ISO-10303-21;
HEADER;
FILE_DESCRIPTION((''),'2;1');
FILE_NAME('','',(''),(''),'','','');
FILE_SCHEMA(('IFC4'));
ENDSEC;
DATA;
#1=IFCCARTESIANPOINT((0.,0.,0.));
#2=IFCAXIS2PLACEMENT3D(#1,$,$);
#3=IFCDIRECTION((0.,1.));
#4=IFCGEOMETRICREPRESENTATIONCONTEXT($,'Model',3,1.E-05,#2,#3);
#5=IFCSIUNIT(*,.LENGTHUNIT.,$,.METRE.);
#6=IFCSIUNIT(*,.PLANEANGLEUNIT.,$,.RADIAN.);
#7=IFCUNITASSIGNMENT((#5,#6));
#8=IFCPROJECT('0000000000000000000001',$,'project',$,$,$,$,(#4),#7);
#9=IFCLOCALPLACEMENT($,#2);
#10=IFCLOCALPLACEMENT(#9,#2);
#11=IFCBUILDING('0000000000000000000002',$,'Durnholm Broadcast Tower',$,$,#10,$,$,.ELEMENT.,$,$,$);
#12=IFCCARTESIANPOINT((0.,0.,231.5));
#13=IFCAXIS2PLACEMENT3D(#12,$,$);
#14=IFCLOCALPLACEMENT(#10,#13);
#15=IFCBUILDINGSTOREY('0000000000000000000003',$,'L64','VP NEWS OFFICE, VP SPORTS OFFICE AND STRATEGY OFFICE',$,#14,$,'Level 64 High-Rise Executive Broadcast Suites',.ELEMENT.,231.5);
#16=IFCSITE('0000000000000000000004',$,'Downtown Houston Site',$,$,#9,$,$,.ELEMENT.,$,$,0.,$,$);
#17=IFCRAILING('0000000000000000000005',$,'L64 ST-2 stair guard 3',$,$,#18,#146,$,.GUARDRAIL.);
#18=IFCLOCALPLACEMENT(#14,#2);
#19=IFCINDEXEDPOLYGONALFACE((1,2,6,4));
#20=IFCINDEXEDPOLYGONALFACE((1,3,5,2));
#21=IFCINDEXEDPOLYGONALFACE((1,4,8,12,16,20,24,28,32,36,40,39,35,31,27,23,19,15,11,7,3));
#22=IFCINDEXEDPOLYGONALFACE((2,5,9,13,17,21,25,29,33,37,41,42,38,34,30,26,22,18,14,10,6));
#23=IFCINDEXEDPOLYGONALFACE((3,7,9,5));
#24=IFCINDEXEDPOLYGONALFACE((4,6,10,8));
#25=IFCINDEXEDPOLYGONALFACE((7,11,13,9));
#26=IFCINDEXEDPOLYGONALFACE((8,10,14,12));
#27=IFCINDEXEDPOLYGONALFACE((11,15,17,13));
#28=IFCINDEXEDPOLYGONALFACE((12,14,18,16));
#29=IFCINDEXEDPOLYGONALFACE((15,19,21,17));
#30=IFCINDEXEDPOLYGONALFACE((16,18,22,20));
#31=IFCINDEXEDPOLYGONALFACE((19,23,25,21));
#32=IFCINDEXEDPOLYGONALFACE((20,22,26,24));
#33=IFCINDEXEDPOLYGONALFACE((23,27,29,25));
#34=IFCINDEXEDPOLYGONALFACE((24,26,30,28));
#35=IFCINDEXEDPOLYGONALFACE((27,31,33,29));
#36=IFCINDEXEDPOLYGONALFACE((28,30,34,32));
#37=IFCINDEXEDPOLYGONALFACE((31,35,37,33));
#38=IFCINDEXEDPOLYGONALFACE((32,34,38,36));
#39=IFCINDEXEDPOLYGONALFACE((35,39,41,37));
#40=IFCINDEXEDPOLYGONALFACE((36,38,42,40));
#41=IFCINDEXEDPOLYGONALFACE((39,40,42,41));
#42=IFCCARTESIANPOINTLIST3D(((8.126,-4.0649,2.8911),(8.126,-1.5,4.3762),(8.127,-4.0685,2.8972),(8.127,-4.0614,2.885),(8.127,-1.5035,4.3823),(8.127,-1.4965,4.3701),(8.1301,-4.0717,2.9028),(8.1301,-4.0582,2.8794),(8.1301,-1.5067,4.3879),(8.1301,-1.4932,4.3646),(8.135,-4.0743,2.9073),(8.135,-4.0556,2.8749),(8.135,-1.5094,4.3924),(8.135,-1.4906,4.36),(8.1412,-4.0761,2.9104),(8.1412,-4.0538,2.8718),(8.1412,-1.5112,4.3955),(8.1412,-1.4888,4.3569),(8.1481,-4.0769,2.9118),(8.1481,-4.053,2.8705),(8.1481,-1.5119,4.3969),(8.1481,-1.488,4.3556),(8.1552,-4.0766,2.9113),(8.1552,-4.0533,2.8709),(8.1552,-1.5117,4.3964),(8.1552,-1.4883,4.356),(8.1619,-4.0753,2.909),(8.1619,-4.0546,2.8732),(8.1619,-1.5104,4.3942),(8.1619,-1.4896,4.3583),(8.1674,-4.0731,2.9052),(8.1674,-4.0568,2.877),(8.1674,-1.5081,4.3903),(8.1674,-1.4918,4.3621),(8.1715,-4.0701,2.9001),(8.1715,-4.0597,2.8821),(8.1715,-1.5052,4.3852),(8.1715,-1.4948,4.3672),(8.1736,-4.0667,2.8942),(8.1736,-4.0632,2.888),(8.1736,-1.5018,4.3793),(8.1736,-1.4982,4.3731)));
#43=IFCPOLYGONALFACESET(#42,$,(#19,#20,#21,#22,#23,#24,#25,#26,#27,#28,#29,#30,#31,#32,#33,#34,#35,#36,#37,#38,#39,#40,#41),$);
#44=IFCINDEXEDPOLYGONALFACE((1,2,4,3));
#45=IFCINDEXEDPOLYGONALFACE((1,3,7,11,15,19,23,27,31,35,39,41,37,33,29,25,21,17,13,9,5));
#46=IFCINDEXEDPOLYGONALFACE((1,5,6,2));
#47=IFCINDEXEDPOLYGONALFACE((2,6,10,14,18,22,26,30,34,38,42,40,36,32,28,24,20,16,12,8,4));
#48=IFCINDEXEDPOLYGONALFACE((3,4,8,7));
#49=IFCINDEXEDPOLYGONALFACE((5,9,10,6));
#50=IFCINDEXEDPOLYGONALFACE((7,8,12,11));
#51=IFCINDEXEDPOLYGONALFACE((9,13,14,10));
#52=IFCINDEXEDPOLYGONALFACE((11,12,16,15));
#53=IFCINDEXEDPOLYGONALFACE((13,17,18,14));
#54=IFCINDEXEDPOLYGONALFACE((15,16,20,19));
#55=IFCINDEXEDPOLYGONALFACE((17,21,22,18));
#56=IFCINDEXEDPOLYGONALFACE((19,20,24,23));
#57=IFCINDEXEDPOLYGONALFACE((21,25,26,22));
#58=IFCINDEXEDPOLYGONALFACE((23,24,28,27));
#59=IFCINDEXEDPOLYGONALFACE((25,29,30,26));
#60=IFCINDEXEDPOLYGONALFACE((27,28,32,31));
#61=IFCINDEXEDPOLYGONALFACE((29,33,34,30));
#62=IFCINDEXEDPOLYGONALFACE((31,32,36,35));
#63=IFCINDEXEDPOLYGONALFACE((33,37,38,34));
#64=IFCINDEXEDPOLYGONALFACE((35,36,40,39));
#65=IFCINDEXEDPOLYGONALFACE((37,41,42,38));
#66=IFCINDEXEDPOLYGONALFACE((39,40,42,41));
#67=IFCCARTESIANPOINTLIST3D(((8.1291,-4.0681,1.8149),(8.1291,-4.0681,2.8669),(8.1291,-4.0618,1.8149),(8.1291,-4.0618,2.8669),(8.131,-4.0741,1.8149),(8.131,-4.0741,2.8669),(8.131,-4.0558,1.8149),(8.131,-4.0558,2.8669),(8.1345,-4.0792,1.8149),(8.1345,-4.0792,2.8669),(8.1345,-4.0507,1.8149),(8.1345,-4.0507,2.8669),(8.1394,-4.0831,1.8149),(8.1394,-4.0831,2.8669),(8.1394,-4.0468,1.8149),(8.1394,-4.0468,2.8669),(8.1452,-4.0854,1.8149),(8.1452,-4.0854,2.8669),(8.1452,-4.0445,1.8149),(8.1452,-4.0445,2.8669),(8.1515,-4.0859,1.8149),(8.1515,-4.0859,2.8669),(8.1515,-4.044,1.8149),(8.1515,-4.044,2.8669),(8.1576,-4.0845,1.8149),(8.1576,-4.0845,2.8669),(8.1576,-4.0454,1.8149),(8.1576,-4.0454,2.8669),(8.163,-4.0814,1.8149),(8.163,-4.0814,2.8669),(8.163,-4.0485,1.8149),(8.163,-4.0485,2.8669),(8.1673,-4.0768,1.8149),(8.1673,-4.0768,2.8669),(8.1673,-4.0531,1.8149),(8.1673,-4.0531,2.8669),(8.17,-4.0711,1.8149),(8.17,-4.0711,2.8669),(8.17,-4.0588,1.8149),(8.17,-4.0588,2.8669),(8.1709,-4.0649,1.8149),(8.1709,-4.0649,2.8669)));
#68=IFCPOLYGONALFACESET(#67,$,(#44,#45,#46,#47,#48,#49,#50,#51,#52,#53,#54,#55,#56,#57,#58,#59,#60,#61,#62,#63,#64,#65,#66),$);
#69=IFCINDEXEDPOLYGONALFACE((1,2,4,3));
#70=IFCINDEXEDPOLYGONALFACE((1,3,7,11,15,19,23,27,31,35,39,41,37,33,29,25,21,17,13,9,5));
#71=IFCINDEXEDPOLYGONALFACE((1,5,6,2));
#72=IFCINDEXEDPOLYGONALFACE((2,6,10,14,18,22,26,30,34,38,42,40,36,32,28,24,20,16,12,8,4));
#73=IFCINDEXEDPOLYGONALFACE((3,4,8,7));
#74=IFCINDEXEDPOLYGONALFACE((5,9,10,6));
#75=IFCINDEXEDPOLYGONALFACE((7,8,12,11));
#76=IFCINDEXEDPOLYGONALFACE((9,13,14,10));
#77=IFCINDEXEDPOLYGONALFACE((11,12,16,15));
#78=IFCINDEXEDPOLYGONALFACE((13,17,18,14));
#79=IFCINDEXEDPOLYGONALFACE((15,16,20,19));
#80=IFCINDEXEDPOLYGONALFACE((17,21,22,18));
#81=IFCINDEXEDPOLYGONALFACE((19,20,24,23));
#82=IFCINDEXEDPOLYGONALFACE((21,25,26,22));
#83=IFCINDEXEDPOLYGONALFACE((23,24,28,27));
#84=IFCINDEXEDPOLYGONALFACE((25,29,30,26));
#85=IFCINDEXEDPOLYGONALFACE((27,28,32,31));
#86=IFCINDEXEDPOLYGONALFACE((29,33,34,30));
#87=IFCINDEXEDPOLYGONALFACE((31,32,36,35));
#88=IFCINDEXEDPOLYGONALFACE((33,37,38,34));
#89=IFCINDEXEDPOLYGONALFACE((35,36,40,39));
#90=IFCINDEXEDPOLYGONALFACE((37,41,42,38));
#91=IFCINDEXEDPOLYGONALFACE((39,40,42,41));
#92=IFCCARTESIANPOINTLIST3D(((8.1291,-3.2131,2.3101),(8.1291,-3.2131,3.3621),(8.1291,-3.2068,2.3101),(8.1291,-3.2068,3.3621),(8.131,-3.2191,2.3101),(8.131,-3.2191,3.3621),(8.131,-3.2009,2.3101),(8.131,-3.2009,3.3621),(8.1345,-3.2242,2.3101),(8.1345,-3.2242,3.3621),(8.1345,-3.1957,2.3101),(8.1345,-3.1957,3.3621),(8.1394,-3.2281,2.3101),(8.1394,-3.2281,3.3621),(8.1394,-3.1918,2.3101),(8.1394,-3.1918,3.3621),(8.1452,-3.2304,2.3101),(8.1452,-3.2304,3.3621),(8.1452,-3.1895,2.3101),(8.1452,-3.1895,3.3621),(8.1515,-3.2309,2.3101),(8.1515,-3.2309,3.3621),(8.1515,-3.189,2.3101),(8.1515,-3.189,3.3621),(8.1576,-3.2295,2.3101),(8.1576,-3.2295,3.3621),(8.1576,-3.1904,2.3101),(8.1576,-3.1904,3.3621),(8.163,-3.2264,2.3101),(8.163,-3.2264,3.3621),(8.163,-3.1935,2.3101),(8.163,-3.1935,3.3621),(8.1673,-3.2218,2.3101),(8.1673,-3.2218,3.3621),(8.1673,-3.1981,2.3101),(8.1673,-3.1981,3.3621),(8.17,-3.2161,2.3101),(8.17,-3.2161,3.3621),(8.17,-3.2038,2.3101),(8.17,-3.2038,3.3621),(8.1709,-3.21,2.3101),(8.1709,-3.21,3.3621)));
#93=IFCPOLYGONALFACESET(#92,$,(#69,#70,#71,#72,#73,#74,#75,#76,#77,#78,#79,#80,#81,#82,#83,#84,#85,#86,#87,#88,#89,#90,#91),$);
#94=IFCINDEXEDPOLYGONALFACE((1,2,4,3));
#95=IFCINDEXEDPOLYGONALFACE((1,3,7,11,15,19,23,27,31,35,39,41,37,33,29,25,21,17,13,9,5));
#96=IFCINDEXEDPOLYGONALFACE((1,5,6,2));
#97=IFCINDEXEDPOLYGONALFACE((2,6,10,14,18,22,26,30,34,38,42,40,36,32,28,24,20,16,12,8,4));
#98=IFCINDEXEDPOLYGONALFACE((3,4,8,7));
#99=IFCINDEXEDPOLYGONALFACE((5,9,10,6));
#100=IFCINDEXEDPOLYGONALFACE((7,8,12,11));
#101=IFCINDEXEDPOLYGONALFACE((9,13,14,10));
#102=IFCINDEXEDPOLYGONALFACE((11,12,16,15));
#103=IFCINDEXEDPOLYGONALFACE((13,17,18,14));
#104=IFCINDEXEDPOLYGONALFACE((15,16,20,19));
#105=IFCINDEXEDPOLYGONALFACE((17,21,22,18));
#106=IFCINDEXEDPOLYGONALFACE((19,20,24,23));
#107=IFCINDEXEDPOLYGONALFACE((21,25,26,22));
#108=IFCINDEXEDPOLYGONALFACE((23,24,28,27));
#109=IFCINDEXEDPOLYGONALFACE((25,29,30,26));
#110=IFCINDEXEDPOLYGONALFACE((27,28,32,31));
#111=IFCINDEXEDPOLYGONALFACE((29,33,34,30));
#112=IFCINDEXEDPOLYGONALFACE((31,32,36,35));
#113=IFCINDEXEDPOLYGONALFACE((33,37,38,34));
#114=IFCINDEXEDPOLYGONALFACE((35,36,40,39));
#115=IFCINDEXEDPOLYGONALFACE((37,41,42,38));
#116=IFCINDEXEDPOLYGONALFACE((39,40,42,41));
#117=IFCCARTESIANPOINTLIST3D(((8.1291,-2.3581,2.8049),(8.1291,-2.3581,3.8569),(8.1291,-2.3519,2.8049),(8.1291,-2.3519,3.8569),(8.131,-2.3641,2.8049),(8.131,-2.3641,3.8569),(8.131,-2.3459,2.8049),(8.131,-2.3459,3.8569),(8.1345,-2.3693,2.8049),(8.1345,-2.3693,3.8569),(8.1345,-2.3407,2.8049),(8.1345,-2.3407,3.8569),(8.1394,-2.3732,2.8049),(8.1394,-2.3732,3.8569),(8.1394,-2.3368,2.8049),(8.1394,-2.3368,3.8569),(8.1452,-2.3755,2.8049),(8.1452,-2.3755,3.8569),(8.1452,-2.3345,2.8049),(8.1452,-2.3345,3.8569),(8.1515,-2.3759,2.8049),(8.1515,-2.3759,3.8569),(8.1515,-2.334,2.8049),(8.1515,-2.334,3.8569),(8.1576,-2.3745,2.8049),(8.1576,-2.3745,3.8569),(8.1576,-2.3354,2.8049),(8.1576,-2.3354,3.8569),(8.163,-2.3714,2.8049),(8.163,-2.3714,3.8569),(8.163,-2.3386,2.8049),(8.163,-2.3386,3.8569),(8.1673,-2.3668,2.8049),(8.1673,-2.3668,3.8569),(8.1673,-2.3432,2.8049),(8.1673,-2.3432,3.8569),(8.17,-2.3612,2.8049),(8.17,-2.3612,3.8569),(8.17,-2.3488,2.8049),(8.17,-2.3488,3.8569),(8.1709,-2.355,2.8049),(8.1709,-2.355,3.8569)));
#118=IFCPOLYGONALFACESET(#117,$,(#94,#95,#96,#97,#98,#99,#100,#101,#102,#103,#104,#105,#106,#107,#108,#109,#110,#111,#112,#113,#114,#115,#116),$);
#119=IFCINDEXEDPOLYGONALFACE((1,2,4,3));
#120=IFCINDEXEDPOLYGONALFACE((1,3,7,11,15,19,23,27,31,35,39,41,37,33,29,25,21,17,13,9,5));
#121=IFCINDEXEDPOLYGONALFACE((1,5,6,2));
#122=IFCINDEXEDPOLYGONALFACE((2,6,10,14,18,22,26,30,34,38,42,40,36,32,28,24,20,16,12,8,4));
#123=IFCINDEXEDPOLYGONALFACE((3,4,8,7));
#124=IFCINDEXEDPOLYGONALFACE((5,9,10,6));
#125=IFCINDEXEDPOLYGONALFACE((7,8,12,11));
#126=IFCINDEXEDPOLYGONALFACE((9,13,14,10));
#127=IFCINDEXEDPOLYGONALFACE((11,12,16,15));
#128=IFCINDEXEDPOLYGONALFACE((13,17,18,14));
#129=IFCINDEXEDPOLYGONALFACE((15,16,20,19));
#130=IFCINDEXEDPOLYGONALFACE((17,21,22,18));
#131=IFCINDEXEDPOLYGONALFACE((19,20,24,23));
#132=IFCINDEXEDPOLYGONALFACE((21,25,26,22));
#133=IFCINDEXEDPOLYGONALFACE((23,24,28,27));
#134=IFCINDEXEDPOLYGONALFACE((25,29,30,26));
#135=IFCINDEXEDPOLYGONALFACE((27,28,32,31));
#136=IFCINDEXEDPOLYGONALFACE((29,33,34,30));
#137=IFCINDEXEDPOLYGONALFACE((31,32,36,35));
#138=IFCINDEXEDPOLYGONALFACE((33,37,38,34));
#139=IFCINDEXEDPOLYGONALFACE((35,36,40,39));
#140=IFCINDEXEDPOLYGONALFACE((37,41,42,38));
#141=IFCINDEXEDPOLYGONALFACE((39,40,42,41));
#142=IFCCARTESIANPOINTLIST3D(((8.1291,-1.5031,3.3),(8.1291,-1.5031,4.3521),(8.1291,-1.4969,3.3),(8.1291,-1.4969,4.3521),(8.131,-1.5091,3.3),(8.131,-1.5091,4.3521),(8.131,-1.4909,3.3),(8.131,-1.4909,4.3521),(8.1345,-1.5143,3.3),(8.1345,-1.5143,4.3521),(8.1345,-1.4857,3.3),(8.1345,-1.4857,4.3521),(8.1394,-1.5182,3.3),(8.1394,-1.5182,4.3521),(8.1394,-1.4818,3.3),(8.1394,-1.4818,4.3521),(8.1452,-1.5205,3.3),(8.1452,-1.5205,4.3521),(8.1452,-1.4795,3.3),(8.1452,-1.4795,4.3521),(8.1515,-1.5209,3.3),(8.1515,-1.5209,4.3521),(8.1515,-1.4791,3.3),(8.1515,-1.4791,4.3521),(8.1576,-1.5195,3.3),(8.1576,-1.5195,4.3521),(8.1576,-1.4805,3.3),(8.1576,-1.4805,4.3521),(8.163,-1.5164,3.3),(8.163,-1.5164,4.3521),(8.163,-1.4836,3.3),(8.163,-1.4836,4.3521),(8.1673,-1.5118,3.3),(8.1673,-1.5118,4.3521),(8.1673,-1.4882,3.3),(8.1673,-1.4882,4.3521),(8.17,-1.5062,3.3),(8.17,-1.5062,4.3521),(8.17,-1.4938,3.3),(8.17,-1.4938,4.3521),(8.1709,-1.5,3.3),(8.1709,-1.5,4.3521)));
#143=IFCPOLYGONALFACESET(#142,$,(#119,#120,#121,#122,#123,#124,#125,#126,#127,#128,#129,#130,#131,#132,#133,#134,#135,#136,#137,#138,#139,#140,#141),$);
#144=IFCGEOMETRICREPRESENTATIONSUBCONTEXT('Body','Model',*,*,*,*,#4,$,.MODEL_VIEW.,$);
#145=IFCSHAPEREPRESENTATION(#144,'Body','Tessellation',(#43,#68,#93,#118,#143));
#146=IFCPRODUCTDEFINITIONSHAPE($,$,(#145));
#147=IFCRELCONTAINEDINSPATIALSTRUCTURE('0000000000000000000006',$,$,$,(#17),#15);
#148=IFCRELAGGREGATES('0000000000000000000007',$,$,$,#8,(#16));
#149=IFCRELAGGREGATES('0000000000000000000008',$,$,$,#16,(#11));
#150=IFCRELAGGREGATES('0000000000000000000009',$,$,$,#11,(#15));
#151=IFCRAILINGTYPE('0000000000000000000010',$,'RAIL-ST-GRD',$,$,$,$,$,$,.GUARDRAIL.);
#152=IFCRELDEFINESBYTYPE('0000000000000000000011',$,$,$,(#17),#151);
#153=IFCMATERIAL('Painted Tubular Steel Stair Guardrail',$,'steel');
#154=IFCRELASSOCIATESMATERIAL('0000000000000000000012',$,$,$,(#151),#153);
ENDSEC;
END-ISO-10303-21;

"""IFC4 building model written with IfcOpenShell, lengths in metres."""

from ifc_helpers import new_model, si_unit, direction, frame, origin, origin_2d, place, context, subcontext, project, spatial, circle, extrude, material, type_object, element, save


model = new_model("IFC4")

# Units and contexts
model_context = context("Model", 3, precision=1e-05, world=origin(), true_north=direction((0.0, 1.0)))
body_context = subcontext(model_context, "Body", "Model", "MODEL_VIEW")
ifc_project = project(units=[si_unit("LENGTHUNIT", "METRE"), si_unit("PLANEANGLEUNIT", "RADIAN")], contexts=[model_context])

# Site, building, storey
site_placement = place(None, origin())
site = spatial("IfcSite", under=ifc_project, at=site_placement, Name="Downtown Houston Site", CompositionType="ELEMENT", RefElevation=0.0)
building_placement = place(site_placement, origin())
building = spatial("IfcBuilding", under=site, at=building_placement, Name="Durnholm Broadcast Tower", CompositionType="ELEMENT")
storey_placement = place(building_placement, frame((0.0, 0.0, 231.5)))
storey = spatial("IfcBuildingStorey", under=building, at=storey_placement, Name="L64", Description="VP NEWS OFFICE, VP SPORTS OFFICE AND STRATEGY OFFICE", LongName="Level 64 High-Rise Executive Broadcast Suites", CompositionType="ELEMENT", Elevation=231.5)

# Railing
ifc_material_1 = material(Name="Painted Tubular Steel Stair Guardrail", Category="steel")
railing_type_1 = type_object("IfcRailingType", Name="RAIL-ST-GRD", PredefinedType="GUARDRAIL", material=ifc_material_1)
railing_1_placement = place(storey_placement, frame((8.1499, -4.0649, 1.8149)))
element("IfcRailing", 1, at=railing_1_placement, inside=storey, type_object=railing_type_1, Name="L64 ST-2 stair guard 3", PredefinedType="GUARDRAIL", context=body_context, shape_type="SweptSolid", body=[
    extrude(circle(Radius=0.0239, at=origin_2d()), frame((0.0, 0.0, 1.0762), z_axis=(0.0, 0.865406, 0.501072), x_axis=(-1.0, 0.0, 0.0)), (0.0, 0.0, 1.0), 2.9639),
    extrude(circle(Radius=0.021, at=origin_2d()), origin(), (0.0, 0.0, 1.0), 1.052),
    extrude(circle(Radius=0.021, at=origin_2d()), frame((0.0, 0.855, 0.4951)), (0.0, 0.0, 1.0), 1.052),
    extrude(circle(Radius=0.021, at=origin_2d()), frame((0.0, 1.71, 0.99)), (0.0, 0.0, 1.0), 1.052),
    extrude(circle(Radius=0.021, at=origin_2d()), frame((0.0, 2.5649, 1.4851)), (0.0, 0.0, 1.0), 1.052),
])

save(model, "model.ifc")
